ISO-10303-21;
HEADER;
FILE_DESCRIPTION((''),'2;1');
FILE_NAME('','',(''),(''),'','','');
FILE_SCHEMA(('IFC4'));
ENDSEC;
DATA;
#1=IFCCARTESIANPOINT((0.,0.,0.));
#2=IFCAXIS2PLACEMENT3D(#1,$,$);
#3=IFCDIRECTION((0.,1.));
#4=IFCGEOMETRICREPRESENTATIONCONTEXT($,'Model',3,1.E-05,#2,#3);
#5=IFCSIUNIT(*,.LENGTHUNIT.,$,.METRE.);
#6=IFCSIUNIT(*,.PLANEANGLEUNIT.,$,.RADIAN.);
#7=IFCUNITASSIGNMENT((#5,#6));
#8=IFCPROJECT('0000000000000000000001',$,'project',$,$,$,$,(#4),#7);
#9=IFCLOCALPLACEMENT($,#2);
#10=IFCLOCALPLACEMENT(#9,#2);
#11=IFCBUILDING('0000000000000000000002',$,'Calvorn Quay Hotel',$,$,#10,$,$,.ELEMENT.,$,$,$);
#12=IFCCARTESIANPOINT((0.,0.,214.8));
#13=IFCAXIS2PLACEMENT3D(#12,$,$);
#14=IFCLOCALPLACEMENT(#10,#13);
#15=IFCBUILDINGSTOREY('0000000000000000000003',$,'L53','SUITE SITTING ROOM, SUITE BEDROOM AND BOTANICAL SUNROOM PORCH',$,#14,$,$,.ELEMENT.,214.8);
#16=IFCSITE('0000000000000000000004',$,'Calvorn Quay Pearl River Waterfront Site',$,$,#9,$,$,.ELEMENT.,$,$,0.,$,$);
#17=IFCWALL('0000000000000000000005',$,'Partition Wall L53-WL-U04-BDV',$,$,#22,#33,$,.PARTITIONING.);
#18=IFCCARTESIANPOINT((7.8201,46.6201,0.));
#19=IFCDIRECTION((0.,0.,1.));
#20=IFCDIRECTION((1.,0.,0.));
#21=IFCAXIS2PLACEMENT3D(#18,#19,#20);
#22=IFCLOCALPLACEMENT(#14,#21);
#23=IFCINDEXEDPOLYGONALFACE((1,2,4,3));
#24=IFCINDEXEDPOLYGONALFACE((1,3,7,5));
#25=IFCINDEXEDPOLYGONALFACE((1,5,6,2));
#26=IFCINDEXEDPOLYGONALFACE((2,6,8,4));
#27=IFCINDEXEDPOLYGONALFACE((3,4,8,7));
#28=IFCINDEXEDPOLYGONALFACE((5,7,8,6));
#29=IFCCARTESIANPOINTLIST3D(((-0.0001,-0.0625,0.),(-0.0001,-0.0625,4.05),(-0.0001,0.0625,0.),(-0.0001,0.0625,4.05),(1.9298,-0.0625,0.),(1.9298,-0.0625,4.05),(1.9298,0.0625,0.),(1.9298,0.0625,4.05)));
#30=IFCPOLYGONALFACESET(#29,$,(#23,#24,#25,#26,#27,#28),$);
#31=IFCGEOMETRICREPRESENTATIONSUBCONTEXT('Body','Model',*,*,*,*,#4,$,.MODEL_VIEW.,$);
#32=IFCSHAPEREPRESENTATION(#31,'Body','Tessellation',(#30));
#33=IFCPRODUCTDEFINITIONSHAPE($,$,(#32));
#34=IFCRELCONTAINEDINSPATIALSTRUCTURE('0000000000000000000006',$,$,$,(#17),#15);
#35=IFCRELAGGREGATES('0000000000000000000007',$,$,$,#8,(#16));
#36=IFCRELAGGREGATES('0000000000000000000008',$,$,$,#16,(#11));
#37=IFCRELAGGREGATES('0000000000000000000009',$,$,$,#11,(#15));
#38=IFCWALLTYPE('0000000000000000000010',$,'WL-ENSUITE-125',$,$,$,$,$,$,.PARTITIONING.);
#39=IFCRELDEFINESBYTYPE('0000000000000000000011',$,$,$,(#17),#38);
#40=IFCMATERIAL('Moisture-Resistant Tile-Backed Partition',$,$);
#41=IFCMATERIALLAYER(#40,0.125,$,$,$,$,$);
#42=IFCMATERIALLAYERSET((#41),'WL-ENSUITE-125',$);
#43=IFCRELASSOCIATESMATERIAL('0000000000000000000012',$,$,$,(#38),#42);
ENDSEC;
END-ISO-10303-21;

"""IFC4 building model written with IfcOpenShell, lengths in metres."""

from ifc_helpers import new_model, si_unit, direction, frame, frame_2d, origin, place, context, subcontext, project, spatial, rectangle, extrude, material, layer, layer_set, type_object, element, save


model = new_model("IFC4")

# Units and contexts
model_context = context("Model", 3, precision=1e-05, world=origin(), true_north=direction((0.0, 1.0)))
body_context = subcontext(model_context, "Body", "Model", "MODEL_VIEW")
ifc_project = project(units=[si_unit("LENGTHUNIT", "METRE"), si_unit("PLANEANGLEUNIT", "RADIAN")], contexts=[model_context])

# Site, building, storey
site_placement = place(None, origin())
site = spatial("IfcSite", under=ifc_project, at=site_placement, Name="Calvorn Quay Pearl River Waterfront Site", CompositionType="ELEMENT", RefElevation=0.0)
building_placement = place(site_placement, origin())
building = spatial("IfcBuilding", under=site, at=building_placement, Name="Calvorn Quay Hotel", CompositionType="ELEMENT")
storey_placement = place(building_placement, frame((0.0, 0.0, 214.8)))
storey = spatial("IfcBuildingStorey", under=building, at=storey_placement, Name="L53", Description="SUITE SITTING ROOM, SUITE BEDROOM AND BOTANICAL SUNROOM PORCH", CompositionType="ELEMENT", Elevation=214.8)

# Wall
ifc_material_1 = material(Name="Moisture-Resistant Tile-Backed Partition")
ifc_layer_1 = layer(ifc_material_1, 0.125)
ifc_layer_set_1 = layer_set([ifc_layer_1], Name="WL-ENSUITE-125")
wall_type_1 = type_object("IfcWallType", Name="WL-ENSUITE-125", PredefinedType="PARTITIONING", material=ifc_layer_set_1)
wall_1_placement = place(storey_placement, frame((7.8201, 46.6201, 0.0), z_axis=(0.0, 0.0, 1.0), x_axis=(1.0, 0.0, 0.0)))
element("IfcWall", 1, at=wall_1_placement, inside=storey, type_object=wall_type_1, Name="Partition Wall L53-WL-U04-BDV", PredefinedType="PARTITIONING", context=body_context, shape_type="SweptSolid", body=[
    extrude(rectangle(XDim=1.9299, YDim=0.125, at=frame_2d((0.9648, 0.0))), origin(), (0.0, 0.0, 1.0), 4.05),
])

save(model, "model.ifc")
